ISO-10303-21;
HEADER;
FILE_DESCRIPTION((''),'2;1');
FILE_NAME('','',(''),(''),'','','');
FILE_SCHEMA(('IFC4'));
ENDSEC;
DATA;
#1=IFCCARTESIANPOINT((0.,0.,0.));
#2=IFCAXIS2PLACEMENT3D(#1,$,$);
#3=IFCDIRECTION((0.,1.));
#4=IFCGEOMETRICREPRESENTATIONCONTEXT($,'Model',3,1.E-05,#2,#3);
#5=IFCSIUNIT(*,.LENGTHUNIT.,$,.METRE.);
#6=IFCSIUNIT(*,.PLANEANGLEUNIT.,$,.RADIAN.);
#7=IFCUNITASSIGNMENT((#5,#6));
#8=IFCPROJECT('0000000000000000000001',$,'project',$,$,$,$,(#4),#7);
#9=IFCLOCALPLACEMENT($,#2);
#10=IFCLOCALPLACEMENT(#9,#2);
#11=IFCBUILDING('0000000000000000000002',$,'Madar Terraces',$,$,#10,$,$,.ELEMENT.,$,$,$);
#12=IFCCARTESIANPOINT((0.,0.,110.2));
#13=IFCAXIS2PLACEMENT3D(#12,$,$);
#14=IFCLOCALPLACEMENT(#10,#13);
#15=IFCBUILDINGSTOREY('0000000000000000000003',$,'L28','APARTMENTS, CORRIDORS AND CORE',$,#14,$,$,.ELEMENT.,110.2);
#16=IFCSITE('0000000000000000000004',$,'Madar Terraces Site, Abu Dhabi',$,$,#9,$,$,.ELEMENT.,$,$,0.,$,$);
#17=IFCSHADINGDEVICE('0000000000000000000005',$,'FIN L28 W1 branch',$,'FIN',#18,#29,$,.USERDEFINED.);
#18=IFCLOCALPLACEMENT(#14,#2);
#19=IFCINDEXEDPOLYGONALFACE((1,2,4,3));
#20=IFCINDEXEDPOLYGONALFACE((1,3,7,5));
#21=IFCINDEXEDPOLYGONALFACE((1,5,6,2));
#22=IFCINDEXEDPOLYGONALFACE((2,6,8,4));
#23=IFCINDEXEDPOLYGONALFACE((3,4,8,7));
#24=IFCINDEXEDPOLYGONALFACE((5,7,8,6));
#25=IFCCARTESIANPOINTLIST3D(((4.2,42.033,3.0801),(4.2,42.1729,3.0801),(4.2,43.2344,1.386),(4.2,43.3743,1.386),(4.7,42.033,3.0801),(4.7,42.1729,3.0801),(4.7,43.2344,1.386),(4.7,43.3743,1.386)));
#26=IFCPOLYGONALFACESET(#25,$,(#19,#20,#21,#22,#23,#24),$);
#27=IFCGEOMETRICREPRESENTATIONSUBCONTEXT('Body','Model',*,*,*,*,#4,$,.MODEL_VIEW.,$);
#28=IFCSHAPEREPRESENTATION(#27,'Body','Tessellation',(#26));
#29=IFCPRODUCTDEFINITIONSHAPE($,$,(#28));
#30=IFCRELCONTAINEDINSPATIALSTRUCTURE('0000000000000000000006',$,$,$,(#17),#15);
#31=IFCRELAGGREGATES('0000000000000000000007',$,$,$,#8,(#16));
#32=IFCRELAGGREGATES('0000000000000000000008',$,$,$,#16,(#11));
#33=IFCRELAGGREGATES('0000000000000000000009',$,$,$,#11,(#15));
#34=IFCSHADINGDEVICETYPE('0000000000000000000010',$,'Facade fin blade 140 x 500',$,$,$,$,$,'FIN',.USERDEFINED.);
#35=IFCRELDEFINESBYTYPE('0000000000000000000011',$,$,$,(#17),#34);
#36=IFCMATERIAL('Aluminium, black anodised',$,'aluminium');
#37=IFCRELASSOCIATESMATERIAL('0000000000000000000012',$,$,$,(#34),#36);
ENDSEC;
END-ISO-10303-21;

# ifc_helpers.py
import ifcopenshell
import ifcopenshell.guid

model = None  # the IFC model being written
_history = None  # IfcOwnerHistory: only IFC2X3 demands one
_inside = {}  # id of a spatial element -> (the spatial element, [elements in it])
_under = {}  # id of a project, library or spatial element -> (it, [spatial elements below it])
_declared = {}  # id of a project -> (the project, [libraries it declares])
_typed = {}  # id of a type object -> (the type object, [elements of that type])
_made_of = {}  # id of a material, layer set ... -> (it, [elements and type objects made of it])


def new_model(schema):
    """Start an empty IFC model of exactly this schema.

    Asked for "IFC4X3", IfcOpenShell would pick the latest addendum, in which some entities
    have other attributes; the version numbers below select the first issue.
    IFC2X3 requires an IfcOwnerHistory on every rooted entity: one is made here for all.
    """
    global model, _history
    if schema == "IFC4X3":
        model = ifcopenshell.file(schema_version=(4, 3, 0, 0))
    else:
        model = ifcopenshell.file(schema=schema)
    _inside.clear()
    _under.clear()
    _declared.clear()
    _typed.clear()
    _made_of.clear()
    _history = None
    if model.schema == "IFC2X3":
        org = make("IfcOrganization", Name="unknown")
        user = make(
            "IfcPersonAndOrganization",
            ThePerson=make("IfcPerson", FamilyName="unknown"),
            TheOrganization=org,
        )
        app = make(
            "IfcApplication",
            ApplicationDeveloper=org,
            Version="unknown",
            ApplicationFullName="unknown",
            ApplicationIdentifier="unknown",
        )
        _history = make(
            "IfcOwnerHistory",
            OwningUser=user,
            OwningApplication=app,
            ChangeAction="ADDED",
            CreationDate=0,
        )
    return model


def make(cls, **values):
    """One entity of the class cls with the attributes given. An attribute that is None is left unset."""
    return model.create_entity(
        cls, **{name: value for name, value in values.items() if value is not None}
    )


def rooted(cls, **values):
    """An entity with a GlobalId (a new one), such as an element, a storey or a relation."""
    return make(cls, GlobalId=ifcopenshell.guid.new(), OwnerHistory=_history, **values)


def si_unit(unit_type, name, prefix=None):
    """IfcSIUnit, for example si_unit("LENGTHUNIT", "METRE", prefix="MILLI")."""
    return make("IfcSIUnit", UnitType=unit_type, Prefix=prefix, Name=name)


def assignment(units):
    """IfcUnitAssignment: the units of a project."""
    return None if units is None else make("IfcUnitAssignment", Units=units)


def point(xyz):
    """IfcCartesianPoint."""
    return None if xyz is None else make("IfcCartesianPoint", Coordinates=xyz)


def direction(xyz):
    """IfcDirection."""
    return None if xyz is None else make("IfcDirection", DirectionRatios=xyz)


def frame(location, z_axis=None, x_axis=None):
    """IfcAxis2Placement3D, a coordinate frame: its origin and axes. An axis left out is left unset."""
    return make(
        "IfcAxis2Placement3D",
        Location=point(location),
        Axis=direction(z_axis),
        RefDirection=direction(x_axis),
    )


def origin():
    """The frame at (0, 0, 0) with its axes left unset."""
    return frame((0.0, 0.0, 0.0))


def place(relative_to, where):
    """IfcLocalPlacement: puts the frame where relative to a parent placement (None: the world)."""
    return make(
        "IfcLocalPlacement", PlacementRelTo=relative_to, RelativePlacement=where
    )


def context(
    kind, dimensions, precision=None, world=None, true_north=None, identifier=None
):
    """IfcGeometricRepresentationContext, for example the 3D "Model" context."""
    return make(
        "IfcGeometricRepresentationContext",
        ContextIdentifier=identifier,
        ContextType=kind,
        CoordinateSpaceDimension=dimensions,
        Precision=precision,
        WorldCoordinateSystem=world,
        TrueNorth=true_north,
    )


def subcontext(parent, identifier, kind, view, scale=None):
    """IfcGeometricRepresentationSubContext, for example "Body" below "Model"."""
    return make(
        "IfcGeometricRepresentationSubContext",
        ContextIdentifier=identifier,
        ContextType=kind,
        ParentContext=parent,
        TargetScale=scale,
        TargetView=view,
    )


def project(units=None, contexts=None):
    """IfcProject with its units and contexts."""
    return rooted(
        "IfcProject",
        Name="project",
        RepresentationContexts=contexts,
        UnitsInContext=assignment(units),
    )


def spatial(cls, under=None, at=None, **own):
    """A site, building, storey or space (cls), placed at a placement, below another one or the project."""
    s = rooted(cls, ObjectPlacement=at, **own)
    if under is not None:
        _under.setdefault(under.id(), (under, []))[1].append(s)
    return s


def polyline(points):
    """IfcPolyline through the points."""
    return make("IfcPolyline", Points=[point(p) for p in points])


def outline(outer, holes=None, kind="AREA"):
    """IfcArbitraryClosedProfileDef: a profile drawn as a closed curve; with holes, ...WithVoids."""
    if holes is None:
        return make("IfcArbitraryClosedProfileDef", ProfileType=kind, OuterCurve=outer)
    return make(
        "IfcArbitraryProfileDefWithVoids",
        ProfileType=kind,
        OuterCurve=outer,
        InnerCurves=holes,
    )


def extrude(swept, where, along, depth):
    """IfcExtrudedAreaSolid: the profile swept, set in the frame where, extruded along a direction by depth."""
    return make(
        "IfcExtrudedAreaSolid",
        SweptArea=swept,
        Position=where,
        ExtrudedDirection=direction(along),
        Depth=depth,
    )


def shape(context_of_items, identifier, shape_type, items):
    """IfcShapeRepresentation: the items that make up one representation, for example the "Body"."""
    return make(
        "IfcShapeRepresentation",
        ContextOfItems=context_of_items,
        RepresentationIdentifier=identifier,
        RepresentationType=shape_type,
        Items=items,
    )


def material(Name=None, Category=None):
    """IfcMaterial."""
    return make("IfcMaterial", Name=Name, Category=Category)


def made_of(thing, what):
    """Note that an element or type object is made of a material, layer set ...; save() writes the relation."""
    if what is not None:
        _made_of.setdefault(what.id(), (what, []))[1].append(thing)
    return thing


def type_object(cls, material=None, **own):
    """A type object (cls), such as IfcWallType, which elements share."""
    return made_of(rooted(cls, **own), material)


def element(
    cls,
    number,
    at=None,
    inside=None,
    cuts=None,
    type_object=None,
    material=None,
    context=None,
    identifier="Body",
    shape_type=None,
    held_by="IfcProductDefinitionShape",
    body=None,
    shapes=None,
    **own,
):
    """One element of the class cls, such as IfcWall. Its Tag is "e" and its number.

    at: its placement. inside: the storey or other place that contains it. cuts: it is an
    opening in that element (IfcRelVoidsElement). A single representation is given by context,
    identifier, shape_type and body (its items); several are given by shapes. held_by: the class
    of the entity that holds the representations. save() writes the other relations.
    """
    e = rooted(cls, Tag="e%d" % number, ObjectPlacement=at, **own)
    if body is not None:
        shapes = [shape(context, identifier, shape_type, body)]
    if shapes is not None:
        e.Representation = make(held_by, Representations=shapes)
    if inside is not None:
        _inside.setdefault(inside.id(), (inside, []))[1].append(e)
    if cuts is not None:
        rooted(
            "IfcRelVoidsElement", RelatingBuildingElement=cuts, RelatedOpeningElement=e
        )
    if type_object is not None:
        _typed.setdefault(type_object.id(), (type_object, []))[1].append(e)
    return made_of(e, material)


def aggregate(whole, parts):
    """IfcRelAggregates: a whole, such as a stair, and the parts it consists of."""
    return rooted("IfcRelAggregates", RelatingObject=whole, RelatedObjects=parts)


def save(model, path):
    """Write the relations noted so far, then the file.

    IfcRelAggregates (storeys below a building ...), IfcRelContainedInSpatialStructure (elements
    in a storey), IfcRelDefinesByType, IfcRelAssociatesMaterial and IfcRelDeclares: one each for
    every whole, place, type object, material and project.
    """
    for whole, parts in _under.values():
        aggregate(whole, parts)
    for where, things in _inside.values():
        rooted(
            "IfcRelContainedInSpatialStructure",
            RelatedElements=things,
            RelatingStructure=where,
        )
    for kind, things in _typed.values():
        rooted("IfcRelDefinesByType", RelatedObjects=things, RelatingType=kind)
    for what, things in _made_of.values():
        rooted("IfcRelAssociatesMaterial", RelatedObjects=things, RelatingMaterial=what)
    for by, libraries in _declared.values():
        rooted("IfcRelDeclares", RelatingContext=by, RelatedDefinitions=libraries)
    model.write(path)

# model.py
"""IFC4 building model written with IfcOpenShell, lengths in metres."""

from ifc_helpers import new_model, si_unit, direction, frame, origin, place, context, subcontext, project, spatial, polyline, outline, extrude, material, type_object, element, save


model = new_model("IFC4")

# Units and contexts
model_context = context("Model", 3, precision=1e-05, world=origin(), true_north=direction((0.0, 1.0)))
body_context = subcontext(model_context, "Body", "Model", "MODEL_VIEW")
ifc_project = project(units=[si_unit("LENGTHUNIT", "METRE"), si_unit("PLANEANGLEUNIT", "RADIAN")], contexts=[model_context])

# Site, building, storey
site_placement = place(None, origin())
site = spatial("IfcSite", under=ifc_project, at=site_placement, Name="Madar Terraces Site, Abu Dhabi", CompositionType="ELEMENT", RefElevation=0.0)
building_placement = place(site_placement, origin())
building = spatial("IfcBuilding", under=site, at=building_placement, Name="Madar Terraces", CompositionType="ELEMENT")
storey_placement = place(building_placement, frame((0.0, 0.0, 110.2)))
storey = spatial("IfcBuildingStorey", under=building, at=storey_placement, Name="L28", Description="APARTMENTS, CORRIDORS AND CORE", CompositionType="ELEMENT", Elevation=110.2)

# Shading device
ifc_material_1 = material(Name="Aluminium, black anodised", Category="aluminium")
shading_device_type = type_object("IfcShadingDeviceType", Name="Facade fin blade 140 x 500", ElementType="FIN", PredefinedType="USERDEFINED", material=ifc_material_1)
shading_device_1_placement = place(storey_placement, frame((4.45, 43.3743, 1.386), z_axis=(0.0, 0.0, 1.0), x_axis=(0.0, -1.0, 0.0)))
element("IfcShadingDevice", 1, at=shading_device_1_placement, inside=storey, type_object=shading_device_type, Name="FIN L28 W1 branch", ObjectType="FIN", PredefinedType="USERDEFINED", context=body_context, shape_type="SweptSolid", body=[
    extrude(outline(polyline([(0.0, 0.0), (0.1399, 0.0), (1.3413, 1.6941), (1.2014, 1.6941), (0.0, 0.0)])), frame((0.0, 0.25, 0.0), z_axis=(0.0, -1.0, 0.0), x_axis=(1.0, 0.0, 0.0)), (0.0, 0.0, 1.0), 0.5),
])

save(model, "model.ifc")
